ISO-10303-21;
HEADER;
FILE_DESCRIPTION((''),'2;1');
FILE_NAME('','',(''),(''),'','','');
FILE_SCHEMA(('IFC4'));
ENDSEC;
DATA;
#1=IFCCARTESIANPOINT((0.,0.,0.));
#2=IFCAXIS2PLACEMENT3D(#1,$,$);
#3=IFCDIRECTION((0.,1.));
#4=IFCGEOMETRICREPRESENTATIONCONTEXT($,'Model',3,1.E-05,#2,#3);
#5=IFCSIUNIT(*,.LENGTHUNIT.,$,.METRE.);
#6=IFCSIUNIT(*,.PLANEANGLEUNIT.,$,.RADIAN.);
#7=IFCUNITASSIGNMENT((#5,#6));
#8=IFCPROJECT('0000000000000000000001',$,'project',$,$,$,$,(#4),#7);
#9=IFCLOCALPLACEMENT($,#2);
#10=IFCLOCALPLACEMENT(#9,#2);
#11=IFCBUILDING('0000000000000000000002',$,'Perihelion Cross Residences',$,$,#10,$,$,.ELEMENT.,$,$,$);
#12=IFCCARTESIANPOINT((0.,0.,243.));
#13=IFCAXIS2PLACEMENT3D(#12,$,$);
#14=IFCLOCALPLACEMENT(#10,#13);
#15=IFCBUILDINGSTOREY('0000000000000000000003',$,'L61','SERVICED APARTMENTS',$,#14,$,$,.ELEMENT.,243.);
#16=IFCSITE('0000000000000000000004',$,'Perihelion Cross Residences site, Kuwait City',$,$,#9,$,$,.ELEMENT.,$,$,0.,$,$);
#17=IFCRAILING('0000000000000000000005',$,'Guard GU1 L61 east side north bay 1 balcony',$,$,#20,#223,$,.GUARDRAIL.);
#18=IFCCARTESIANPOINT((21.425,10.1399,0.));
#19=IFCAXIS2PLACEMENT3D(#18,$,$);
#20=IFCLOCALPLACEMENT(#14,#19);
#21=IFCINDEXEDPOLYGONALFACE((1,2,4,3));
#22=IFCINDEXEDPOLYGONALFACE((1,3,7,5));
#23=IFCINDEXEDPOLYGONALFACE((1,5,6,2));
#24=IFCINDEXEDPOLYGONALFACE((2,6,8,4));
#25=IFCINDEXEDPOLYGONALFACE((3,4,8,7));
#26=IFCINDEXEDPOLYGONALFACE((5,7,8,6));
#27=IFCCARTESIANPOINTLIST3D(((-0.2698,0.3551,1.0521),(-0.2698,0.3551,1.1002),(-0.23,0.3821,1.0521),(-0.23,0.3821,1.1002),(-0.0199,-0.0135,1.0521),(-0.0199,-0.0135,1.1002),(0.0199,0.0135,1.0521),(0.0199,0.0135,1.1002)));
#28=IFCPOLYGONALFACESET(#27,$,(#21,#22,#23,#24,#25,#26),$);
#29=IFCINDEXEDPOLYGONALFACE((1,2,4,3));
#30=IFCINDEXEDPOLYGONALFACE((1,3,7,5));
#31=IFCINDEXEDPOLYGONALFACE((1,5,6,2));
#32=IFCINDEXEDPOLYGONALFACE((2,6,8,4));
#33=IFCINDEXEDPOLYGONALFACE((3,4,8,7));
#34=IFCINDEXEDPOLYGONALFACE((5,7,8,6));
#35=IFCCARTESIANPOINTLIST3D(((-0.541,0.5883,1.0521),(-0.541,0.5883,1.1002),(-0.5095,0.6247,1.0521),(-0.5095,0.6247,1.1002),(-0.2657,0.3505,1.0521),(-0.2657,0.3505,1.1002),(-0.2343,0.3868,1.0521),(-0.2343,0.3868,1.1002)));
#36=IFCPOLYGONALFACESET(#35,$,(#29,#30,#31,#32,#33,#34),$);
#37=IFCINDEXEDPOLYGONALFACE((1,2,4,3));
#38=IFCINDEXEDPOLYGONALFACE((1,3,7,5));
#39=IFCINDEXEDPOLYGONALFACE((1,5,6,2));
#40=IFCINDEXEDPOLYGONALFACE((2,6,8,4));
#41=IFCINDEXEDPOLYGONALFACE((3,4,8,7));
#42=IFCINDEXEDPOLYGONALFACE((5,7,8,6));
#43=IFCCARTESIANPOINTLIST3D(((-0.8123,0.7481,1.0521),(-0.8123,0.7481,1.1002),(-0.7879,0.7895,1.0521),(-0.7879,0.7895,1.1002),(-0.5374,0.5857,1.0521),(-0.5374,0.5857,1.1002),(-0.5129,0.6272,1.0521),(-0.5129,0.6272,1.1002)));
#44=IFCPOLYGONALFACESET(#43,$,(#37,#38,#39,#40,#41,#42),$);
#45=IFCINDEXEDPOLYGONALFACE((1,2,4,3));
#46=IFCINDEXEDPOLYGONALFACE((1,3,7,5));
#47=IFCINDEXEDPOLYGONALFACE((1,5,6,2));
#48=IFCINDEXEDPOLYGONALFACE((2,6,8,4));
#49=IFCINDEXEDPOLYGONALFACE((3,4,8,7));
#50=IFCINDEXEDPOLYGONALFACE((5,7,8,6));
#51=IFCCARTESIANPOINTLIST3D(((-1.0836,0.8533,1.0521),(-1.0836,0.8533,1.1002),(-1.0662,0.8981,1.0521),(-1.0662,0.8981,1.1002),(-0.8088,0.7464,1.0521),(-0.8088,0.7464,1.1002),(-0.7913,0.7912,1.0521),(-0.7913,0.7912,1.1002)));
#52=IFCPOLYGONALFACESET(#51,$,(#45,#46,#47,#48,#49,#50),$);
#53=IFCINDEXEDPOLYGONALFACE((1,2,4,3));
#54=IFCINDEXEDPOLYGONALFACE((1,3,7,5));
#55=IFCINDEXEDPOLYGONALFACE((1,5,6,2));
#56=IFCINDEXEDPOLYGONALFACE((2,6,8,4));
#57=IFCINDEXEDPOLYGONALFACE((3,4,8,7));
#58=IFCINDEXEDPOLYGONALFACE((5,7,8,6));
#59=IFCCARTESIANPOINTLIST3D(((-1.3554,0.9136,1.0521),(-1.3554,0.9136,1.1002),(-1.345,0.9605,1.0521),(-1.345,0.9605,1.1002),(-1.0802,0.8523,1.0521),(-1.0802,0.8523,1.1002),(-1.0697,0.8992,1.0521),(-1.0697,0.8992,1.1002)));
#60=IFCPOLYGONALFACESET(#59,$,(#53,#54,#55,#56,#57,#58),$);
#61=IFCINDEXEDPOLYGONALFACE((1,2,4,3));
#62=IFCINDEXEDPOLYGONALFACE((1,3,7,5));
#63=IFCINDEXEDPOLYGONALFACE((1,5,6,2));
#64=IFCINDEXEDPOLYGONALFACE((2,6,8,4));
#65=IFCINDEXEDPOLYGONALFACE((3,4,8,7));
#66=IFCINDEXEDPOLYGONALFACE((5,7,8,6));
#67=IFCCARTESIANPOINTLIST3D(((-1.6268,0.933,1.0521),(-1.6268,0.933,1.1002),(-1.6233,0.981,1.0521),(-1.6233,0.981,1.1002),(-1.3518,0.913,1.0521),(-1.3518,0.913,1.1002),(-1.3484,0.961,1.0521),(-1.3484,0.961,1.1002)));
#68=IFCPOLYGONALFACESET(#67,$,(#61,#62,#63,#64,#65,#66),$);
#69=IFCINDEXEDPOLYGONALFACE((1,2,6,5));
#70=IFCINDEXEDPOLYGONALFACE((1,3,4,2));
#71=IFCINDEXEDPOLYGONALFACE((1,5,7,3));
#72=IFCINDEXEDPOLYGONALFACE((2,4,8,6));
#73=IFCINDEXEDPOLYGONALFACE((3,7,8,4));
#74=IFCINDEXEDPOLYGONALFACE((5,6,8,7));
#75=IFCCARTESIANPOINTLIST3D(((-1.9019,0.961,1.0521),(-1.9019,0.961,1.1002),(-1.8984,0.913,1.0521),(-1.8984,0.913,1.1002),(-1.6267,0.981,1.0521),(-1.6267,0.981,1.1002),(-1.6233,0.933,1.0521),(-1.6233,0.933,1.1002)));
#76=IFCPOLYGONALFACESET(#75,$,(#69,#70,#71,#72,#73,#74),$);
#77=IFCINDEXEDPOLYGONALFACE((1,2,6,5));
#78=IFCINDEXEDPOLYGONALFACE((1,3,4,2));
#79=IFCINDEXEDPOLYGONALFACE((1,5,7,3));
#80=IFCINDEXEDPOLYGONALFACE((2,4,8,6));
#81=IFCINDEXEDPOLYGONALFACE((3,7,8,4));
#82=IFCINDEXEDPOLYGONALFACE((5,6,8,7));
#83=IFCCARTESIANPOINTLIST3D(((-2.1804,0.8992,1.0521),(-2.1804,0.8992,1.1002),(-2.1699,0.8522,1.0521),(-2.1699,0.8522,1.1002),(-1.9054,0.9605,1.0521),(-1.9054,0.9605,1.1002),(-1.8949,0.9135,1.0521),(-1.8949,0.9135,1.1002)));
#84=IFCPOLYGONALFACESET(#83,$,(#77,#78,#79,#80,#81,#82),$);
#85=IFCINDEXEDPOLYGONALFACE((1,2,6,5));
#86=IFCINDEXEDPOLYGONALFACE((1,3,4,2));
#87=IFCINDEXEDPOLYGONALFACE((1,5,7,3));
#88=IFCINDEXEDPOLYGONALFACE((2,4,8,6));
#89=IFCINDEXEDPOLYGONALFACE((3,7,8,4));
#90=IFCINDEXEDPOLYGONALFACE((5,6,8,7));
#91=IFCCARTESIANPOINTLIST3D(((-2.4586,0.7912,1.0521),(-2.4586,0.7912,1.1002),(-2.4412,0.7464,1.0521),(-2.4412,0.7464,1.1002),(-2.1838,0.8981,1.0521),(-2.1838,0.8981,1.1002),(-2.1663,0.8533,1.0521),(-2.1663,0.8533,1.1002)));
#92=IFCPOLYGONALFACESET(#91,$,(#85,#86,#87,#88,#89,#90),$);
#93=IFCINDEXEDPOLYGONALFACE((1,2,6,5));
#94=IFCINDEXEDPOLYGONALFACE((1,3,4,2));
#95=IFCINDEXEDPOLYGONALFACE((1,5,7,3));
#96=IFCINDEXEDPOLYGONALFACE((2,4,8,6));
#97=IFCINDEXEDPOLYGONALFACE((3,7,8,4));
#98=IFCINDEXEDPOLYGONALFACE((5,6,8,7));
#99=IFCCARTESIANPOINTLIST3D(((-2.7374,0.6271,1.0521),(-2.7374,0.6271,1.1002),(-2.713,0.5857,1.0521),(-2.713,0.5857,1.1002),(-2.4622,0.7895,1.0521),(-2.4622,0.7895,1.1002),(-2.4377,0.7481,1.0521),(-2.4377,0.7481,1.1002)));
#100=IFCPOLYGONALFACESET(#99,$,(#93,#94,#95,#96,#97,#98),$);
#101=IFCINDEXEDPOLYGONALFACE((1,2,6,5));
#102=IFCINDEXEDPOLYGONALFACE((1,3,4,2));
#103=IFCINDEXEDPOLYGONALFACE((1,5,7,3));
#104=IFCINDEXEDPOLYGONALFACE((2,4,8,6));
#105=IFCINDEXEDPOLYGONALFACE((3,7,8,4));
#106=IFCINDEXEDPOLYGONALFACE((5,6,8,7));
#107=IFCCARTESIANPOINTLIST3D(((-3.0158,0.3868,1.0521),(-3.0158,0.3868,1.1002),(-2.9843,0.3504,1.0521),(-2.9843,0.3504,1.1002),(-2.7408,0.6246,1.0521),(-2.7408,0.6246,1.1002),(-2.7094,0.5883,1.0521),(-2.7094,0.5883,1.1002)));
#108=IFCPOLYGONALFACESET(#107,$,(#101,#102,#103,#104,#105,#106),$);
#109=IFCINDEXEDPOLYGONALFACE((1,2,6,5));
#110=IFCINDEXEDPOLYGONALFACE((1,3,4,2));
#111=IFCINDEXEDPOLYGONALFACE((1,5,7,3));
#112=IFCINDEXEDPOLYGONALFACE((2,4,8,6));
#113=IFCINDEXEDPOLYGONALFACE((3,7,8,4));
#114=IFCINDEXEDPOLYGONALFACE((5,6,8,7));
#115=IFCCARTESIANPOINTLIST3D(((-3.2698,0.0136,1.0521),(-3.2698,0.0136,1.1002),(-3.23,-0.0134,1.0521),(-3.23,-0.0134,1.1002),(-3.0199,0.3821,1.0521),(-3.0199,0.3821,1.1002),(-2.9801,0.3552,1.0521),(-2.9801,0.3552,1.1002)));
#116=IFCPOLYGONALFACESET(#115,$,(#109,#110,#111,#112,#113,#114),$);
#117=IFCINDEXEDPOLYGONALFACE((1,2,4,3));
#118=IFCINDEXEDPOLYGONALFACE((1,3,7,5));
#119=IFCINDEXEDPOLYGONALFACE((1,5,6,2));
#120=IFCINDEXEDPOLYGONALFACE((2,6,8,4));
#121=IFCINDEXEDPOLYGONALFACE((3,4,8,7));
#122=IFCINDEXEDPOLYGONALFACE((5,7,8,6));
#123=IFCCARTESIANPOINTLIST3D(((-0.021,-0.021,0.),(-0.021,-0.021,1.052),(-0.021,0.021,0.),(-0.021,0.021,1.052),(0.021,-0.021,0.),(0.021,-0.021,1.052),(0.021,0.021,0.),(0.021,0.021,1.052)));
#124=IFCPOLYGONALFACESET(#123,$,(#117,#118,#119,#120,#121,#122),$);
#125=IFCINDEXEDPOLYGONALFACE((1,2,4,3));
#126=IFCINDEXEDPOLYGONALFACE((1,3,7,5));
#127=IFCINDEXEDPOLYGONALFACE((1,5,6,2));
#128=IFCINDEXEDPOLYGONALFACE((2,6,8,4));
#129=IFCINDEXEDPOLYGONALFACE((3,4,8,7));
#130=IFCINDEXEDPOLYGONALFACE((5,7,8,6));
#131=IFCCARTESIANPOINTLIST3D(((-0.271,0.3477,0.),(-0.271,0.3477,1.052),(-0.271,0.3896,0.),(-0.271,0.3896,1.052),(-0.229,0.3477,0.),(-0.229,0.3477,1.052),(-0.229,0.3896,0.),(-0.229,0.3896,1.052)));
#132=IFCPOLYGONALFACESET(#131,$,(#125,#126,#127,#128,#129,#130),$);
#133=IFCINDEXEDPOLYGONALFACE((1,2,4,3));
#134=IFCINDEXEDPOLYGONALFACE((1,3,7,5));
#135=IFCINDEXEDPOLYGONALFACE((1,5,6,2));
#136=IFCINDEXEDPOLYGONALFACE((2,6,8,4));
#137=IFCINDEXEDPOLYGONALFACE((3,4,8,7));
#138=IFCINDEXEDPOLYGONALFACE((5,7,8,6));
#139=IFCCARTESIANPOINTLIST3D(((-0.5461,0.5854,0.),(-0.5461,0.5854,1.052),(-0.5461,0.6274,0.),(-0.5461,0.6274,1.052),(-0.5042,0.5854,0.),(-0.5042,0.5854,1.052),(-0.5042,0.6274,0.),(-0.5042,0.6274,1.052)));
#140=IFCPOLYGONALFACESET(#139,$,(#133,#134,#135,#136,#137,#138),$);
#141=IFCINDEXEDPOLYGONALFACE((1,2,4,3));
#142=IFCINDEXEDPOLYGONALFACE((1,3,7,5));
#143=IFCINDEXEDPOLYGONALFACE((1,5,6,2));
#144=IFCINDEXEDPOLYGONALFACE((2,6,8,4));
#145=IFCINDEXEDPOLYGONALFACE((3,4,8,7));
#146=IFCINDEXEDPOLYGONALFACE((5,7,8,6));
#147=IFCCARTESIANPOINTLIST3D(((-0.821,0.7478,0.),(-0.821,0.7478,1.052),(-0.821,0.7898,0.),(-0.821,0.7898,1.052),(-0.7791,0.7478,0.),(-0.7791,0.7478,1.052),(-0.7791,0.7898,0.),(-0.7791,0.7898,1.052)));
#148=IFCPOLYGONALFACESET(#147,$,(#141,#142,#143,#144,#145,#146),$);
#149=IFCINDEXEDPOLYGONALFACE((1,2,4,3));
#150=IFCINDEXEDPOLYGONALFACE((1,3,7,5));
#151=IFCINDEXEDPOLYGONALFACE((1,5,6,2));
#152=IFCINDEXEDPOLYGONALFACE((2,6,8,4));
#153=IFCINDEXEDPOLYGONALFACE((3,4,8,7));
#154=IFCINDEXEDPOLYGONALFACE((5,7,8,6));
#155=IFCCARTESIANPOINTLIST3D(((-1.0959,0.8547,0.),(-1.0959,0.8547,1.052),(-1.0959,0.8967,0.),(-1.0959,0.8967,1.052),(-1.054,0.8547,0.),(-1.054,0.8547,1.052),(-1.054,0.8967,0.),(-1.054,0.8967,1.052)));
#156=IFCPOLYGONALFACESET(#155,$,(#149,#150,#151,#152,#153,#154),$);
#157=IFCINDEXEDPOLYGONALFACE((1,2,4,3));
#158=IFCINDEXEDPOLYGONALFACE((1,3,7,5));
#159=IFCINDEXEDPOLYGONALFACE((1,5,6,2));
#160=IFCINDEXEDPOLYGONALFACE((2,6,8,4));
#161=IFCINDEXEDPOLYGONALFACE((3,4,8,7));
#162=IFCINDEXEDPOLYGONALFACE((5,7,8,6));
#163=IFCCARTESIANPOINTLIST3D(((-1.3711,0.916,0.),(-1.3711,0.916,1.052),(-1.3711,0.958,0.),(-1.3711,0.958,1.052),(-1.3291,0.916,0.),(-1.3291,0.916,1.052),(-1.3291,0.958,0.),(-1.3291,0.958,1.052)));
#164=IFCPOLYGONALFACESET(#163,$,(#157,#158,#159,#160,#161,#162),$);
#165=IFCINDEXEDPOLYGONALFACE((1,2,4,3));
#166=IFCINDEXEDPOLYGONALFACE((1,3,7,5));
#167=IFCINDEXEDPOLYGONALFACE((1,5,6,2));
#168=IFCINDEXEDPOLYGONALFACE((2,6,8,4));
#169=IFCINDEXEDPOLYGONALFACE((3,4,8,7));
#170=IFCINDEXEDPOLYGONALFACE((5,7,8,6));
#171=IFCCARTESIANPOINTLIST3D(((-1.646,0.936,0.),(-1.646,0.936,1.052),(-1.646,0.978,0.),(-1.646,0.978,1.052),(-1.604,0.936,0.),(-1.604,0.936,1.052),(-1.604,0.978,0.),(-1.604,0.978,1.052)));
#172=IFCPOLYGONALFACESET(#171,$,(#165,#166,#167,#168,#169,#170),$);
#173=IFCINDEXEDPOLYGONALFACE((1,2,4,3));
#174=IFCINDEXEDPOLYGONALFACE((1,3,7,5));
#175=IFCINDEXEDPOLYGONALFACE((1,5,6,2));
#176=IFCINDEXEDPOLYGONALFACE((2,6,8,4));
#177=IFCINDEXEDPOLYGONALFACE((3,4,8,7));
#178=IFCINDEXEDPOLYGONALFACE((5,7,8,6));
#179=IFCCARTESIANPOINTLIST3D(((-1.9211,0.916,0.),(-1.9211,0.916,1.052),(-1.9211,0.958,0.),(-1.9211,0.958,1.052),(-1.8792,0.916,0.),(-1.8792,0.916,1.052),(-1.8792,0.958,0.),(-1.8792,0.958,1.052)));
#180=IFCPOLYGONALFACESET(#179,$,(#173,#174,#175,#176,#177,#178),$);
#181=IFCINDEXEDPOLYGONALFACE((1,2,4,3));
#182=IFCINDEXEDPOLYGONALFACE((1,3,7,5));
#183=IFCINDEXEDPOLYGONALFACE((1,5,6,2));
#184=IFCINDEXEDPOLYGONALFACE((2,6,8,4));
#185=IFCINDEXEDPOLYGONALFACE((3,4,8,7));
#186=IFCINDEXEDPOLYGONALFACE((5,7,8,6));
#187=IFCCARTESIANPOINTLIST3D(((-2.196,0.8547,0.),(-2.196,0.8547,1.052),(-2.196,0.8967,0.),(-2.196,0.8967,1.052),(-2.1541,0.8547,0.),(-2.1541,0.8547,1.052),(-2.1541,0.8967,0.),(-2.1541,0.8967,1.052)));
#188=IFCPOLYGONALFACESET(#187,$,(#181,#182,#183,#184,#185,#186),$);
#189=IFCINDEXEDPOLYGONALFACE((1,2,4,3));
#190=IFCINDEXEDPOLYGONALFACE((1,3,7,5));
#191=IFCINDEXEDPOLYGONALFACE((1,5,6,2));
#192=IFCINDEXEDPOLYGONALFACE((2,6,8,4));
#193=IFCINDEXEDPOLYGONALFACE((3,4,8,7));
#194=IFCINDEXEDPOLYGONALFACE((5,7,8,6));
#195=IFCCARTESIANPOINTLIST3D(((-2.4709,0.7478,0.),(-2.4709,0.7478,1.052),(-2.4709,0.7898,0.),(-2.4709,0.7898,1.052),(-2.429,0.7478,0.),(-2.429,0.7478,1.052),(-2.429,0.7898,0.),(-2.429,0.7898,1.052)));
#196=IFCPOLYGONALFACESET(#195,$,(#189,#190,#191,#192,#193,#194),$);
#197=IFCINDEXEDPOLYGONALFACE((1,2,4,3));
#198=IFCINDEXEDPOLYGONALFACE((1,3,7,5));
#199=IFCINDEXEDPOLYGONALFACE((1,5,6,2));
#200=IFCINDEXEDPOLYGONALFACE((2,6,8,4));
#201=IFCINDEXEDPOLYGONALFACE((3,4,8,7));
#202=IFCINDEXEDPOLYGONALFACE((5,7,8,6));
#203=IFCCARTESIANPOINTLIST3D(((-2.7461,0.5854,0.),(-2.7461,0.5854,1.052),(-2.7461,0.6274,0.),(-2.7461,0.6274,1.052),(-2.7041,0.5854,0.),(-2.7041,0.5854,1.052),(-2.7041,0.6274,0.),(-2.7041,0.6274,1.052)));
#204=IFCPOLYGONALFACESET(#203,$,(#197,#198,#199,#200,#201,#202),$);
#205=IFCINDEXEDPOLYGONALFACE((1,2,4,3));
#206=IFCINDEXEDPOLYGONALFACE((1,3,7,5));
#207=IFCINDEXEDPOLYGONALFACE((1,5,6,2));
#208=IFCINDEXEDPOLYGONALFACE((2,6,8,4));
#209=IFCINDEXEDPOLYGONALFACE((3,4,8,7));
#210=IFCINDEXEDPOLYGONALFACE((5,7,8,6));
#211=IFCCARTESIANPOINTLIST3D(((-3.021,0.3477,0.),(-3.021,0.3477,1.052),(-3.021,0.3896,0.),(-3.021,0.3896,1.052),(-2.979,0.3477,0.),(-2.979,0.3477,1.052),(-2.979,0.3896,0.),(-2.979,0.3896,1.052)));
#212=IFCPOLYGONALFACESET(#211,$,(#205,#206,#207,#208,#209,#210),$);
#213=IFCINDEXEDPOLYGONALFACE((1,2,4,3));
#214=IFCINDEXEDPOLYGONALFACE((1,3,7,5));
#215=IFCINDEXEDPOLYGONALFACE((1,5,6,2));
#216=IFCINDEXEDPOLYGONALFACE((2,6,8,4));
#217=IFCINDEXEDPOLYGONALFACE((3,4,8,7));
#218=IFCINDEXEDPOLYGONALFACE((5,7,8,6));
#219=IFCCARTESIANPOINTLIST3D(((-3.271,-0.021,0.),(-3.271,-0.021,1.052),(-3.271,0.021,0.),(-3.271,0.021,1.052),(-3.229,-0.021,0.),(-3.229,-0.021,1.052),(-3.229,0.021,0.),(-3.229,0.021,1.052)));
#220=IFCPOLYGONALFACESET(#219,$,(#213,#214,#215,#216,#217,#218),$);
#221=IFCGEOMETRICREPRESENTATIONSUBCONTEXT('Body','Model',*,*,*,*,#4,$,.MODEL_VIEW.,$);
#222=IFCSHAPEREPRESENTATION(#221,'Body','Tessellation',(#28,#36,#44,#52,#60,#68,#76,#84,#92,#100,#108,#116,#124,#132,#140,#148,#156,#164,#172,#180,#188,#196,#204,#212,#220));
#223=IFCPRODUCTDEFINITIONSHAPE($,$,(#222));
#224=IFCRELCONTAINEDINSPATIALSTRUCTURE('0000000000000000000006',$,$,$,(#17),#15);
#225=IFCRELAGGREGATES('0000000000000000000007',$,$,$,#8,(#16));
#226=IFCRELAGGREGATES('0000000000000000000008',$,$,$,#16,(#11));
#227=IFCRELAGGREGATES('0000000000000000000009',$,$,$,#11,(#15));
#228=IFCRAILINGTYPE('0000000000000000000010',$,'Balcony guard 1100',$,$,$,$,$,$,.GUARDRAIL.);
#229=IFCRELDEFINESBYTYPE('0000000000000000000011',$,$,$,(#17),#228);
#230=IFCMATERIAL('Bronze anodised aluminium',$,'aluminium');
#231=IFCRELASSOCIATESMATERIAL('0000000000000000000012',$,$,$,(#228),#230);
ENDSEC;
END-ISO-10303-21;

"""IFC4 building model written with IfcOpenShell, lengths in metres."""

from ifc_helpers import new_model, si_unit, direction, frame, origin, origin_2d, place, context, subcontext, project, spatial, rectangle, extrude, material, type_object, element, save


model = new_model("IFC4")

# Units and contexts
model_context = context("Model", 3, precision=1e-05, world=origin(), true_north=direction((0.0, 1.0)))
body_context = subcontext(model_context, "Body", "Model", "MODEL_VIEW")
ifc_project = project(units=[si_unit("LENGTHUNIT", "METRE"), si_unit("PLANEANGLEUNIT", "RADIAN")], contexts=[model_context])

# Site, building, storey
site_placement = place(None, origin())
site = spatial("IfcSite", under=ifc_project, at=site_placement, Name="Perihelion Cross Residences site, Kuwait City", CompositionType="ELEMENT", RefElevation=0.0)
building_placement = place(site_placement, origin())
building = spatial("IfcBuilding", under=site, at=building_placement, Name="Perihelion Cross Residences", CompositionType="ELEMENT")
storey_placement = place(building_placement, frame((0.0, 0.0, 243.0)))
storey = spatial("IfcBuildingStorey", under=building, at=storey_placement, Name="L61", Description="SERVICED APARTMENTS", CompositionType="ELEMENT", Elevation=243.0)

# Railing
ifc_material_1 = material(Name="Bronze anodised aluminium", Category="aluminium")
railing_type_1 = type_object("IfcRailingType", Name="Balcony guard 1100", PredefinedType="GUARDRAIL", material=ifc_material_1)
railing_1_placement = place(storey_placement, frame((21.425, 10.1399, 0.0)))
element("IfcRailing", 1, at=railing_1_placement, inside=storey, type_object=railing_type_1, Name="Guard GU1 L61 east side north bay 1 balcony", PredefinedType="GUARDRAIL", context=body_context, shape_type="SweptSolid", body=[
    extrude(rectangle(XDim=0.0481, YDim=0.0481, at=origin_2d()), frame((0.0, 0.0, 1.0762), z_axis=(-0.56126, 0.827639, 0.0), x_axis=(-0.827639, -0.56126, 0.0)), (0.0, 0.0, 1.0), 0.4453),
    extrude(rectangle(XDim=0.0481, YDim=0.0481, at=origin_2d()), frame((-0.25, 0.3687, 1.0762), z_axis=(-0.756597, 0.653882, 0.0), x_axis=(-0.653882, -0.756597, 0.0)), (0.0, 0.0, 1.0), 0.3638),
    extrude(rectangle(XDim=0.0481, YDim=0.0481, at=origin_2d()), frame((-0.5251, 0.6064, 1.0762), z_axis=(-0.861048, 0.508523, 0.0), x_axis=(-0.508523, -0.861048, 0.0)), (0.0, 0.0, 1.0), 0.3193),
    extrude(rectangle(XDim=0.0481, YDim=0.0481, at=origin_2d()), frame((-0.8, 0.7688, 1.0762), z_axis=(-0.931974, 0.362526, 0.0), x_axis=(-0.362526, -0.931974, 0.0)), (0.0, 0.0, 1.0), 0.2949),
    extrude(rectangle(XDim=0.0481, YDim=0.0481, at=origin_2d()), frame((-1.075, 0.8757, 1.0762), z_axis=(-0.976085, 0.217389, 0.0), x_axis=(-0.217389, -0.976085, 0.0)), (0.0, 0.0, 1.0), 0.282),
    extrude(rectangle(XDim=0.0481, YDim=0.0481, at=origin_2d()), frame((-1.3501, 0.937, 1.0762), z_axis=(-0.997359, 0.072632, 0.0), x_axis=(-0.072632, -0.997359, 0.0)), (0.0, 0.0, 1.0), 0.2756),
    extrude(rectangle(XDim=0.0481, YDim=0.0481, at=origin_2d()), frame((-1.625, 0.957, 1.0762), z_axis=(-0.997363, -0.072568, 0.0), x_axis=(0.072568, -0.997363, 0.0)), (0.0, 0.0, 1.0), 0.2759),
    extrude(rectangle(XDim=0.0481, YDim=0.0481, at=origin_2d()), frame((-1.9001, 0.937, 1.0762), z_axis=(-0.976044, -0.217573, 0.0), x_axis=(0.217573, -0.976044, 0.0)), (0.0, 0.0, 1.0), 0.2817),
    extrude(rectangle(XDim=0.0481, YDim=0.0481, at=origin_2d()), frame((-2.175, 0.8757, 1.0762), z_axis=(-0.931974, -0.362526, 0.0), x_axis=(0.362526, -0.931974, 0.0)), (0.0, 0.0, 1.0), 0.2949),
    extrude(rectangle(XDim=0.0481, YDim=0.0481, at=origin_2d()), frame((-2.45, 0.7688, 1.0762), z_axis=(-0.861246, -0.508189, 0.0), x_axis=(0.508189, -0.861246, 0.0)), (0.0, 0.0, 1.0), 0.3196),
    extrude(rectangle(XDim=0.0481, YDim=0.0481, at=origin_2d()), frame((-2.7251, 0.6064, 1.0762), z_axis=(-0.756309, -0.654214, 0.0), x_axis=(0.654214, -0.756309, 0.0)), (0.0, 0.0, 1.0), 0.3635),
    extrude(rectangle(XDim=0.0481, YDim=0.0481, at=origin_2d()), frame((-3.0, 0.3687, 1.0762), z_axis=(-0.56126, -0.827639, 0.0), x_axis=(0.827639, -0.56126, 0.0)), (0.0, 0.0, 1.0), 0.4453),
    extrude(rectangle(XDim=0.042, YDim=0.042, at=origin_2d()), origin(), (0.0, 0.0, 1.0), 1.052),
    extrude(rectangle(XDim=0.042, YDim=0.042, at=origin_2d()), frame((-0.25, 0.3687, 0.0)), (0.0, 0.0, 1.0), 1.052),
    extrude(rectangle(XDim=0.042, YDim=0.042, at=origin_2d()), frame((-0.5251, 0.6064, 0.0)), (0.0, 0.0, 1.0), 1.052),
    extrude(rectangle(XDim=0.042, YDim=0.042, at=origin_2d()), frame((-0.8, 0.7688, 0.0)), (0.0, 0.0, 1.0), 1.052),
    extrude(rectangle(XDim=0.042, YDim=0.042, at=origin_2d()), frame((-1.075, 0.8757, 0.0)), (0.0, 0.0, 1.0), 1.052),
    extrude(rectangle(XDim=0.042, YDim=0.042, at=origin_2d()), frame((-1.3501, 0.937, 0.0)), (0.0, 0.0, 1.0), 1.052),
    extrude(rectangle(XDim=0.042, YDim=0.042, at=origin_2d()), frame((-1.625, 0.957, 0.0)), (0.0, 0.0, 1.0), 1.052),
    extrude(rectangle(XDim=0.042, YDim=0.042, at=origin_2d()), frame((-1.9001, 0.937, 0.0)), (0.0, 0.0, 1.0), 1.052),
    extrude(rectangle(XDim=0.042, YDim=0.042, at=origin_2d()), frame((-2.175, 0.8757, 0.0)), (0.0, 0.0, 1.0), 1.052),
    extrude(rectangle(XDim=0.042, YDim=0.042, at=origin_2d()), frame((-2.45, 0.7688, 0.0)), (0.0, 0.0, 1.0), 1.052),
    extrude(rectangle(XDim=0.042, YDim=0.042, at=origin_2d()), frame((-2.7251, 0.6064, 0.0)), (0.0, 0.0, 1.0), 1.052),
    extrude(rectangle(XDim=0.042, YDim=0.042, at=origin_2d()), frame((-3.0, 0.3687, 0.0)), (0.0, 0.0, 1.0), 1.052),
    extrude(rectangle(XDim=0.042, YDim=0.042, at=origin_2d()), frame((-3.25, 0.0, 0.0)), (0.0, 0.0, 1.0), 1.052),
])

save(model, "model.ifc")
